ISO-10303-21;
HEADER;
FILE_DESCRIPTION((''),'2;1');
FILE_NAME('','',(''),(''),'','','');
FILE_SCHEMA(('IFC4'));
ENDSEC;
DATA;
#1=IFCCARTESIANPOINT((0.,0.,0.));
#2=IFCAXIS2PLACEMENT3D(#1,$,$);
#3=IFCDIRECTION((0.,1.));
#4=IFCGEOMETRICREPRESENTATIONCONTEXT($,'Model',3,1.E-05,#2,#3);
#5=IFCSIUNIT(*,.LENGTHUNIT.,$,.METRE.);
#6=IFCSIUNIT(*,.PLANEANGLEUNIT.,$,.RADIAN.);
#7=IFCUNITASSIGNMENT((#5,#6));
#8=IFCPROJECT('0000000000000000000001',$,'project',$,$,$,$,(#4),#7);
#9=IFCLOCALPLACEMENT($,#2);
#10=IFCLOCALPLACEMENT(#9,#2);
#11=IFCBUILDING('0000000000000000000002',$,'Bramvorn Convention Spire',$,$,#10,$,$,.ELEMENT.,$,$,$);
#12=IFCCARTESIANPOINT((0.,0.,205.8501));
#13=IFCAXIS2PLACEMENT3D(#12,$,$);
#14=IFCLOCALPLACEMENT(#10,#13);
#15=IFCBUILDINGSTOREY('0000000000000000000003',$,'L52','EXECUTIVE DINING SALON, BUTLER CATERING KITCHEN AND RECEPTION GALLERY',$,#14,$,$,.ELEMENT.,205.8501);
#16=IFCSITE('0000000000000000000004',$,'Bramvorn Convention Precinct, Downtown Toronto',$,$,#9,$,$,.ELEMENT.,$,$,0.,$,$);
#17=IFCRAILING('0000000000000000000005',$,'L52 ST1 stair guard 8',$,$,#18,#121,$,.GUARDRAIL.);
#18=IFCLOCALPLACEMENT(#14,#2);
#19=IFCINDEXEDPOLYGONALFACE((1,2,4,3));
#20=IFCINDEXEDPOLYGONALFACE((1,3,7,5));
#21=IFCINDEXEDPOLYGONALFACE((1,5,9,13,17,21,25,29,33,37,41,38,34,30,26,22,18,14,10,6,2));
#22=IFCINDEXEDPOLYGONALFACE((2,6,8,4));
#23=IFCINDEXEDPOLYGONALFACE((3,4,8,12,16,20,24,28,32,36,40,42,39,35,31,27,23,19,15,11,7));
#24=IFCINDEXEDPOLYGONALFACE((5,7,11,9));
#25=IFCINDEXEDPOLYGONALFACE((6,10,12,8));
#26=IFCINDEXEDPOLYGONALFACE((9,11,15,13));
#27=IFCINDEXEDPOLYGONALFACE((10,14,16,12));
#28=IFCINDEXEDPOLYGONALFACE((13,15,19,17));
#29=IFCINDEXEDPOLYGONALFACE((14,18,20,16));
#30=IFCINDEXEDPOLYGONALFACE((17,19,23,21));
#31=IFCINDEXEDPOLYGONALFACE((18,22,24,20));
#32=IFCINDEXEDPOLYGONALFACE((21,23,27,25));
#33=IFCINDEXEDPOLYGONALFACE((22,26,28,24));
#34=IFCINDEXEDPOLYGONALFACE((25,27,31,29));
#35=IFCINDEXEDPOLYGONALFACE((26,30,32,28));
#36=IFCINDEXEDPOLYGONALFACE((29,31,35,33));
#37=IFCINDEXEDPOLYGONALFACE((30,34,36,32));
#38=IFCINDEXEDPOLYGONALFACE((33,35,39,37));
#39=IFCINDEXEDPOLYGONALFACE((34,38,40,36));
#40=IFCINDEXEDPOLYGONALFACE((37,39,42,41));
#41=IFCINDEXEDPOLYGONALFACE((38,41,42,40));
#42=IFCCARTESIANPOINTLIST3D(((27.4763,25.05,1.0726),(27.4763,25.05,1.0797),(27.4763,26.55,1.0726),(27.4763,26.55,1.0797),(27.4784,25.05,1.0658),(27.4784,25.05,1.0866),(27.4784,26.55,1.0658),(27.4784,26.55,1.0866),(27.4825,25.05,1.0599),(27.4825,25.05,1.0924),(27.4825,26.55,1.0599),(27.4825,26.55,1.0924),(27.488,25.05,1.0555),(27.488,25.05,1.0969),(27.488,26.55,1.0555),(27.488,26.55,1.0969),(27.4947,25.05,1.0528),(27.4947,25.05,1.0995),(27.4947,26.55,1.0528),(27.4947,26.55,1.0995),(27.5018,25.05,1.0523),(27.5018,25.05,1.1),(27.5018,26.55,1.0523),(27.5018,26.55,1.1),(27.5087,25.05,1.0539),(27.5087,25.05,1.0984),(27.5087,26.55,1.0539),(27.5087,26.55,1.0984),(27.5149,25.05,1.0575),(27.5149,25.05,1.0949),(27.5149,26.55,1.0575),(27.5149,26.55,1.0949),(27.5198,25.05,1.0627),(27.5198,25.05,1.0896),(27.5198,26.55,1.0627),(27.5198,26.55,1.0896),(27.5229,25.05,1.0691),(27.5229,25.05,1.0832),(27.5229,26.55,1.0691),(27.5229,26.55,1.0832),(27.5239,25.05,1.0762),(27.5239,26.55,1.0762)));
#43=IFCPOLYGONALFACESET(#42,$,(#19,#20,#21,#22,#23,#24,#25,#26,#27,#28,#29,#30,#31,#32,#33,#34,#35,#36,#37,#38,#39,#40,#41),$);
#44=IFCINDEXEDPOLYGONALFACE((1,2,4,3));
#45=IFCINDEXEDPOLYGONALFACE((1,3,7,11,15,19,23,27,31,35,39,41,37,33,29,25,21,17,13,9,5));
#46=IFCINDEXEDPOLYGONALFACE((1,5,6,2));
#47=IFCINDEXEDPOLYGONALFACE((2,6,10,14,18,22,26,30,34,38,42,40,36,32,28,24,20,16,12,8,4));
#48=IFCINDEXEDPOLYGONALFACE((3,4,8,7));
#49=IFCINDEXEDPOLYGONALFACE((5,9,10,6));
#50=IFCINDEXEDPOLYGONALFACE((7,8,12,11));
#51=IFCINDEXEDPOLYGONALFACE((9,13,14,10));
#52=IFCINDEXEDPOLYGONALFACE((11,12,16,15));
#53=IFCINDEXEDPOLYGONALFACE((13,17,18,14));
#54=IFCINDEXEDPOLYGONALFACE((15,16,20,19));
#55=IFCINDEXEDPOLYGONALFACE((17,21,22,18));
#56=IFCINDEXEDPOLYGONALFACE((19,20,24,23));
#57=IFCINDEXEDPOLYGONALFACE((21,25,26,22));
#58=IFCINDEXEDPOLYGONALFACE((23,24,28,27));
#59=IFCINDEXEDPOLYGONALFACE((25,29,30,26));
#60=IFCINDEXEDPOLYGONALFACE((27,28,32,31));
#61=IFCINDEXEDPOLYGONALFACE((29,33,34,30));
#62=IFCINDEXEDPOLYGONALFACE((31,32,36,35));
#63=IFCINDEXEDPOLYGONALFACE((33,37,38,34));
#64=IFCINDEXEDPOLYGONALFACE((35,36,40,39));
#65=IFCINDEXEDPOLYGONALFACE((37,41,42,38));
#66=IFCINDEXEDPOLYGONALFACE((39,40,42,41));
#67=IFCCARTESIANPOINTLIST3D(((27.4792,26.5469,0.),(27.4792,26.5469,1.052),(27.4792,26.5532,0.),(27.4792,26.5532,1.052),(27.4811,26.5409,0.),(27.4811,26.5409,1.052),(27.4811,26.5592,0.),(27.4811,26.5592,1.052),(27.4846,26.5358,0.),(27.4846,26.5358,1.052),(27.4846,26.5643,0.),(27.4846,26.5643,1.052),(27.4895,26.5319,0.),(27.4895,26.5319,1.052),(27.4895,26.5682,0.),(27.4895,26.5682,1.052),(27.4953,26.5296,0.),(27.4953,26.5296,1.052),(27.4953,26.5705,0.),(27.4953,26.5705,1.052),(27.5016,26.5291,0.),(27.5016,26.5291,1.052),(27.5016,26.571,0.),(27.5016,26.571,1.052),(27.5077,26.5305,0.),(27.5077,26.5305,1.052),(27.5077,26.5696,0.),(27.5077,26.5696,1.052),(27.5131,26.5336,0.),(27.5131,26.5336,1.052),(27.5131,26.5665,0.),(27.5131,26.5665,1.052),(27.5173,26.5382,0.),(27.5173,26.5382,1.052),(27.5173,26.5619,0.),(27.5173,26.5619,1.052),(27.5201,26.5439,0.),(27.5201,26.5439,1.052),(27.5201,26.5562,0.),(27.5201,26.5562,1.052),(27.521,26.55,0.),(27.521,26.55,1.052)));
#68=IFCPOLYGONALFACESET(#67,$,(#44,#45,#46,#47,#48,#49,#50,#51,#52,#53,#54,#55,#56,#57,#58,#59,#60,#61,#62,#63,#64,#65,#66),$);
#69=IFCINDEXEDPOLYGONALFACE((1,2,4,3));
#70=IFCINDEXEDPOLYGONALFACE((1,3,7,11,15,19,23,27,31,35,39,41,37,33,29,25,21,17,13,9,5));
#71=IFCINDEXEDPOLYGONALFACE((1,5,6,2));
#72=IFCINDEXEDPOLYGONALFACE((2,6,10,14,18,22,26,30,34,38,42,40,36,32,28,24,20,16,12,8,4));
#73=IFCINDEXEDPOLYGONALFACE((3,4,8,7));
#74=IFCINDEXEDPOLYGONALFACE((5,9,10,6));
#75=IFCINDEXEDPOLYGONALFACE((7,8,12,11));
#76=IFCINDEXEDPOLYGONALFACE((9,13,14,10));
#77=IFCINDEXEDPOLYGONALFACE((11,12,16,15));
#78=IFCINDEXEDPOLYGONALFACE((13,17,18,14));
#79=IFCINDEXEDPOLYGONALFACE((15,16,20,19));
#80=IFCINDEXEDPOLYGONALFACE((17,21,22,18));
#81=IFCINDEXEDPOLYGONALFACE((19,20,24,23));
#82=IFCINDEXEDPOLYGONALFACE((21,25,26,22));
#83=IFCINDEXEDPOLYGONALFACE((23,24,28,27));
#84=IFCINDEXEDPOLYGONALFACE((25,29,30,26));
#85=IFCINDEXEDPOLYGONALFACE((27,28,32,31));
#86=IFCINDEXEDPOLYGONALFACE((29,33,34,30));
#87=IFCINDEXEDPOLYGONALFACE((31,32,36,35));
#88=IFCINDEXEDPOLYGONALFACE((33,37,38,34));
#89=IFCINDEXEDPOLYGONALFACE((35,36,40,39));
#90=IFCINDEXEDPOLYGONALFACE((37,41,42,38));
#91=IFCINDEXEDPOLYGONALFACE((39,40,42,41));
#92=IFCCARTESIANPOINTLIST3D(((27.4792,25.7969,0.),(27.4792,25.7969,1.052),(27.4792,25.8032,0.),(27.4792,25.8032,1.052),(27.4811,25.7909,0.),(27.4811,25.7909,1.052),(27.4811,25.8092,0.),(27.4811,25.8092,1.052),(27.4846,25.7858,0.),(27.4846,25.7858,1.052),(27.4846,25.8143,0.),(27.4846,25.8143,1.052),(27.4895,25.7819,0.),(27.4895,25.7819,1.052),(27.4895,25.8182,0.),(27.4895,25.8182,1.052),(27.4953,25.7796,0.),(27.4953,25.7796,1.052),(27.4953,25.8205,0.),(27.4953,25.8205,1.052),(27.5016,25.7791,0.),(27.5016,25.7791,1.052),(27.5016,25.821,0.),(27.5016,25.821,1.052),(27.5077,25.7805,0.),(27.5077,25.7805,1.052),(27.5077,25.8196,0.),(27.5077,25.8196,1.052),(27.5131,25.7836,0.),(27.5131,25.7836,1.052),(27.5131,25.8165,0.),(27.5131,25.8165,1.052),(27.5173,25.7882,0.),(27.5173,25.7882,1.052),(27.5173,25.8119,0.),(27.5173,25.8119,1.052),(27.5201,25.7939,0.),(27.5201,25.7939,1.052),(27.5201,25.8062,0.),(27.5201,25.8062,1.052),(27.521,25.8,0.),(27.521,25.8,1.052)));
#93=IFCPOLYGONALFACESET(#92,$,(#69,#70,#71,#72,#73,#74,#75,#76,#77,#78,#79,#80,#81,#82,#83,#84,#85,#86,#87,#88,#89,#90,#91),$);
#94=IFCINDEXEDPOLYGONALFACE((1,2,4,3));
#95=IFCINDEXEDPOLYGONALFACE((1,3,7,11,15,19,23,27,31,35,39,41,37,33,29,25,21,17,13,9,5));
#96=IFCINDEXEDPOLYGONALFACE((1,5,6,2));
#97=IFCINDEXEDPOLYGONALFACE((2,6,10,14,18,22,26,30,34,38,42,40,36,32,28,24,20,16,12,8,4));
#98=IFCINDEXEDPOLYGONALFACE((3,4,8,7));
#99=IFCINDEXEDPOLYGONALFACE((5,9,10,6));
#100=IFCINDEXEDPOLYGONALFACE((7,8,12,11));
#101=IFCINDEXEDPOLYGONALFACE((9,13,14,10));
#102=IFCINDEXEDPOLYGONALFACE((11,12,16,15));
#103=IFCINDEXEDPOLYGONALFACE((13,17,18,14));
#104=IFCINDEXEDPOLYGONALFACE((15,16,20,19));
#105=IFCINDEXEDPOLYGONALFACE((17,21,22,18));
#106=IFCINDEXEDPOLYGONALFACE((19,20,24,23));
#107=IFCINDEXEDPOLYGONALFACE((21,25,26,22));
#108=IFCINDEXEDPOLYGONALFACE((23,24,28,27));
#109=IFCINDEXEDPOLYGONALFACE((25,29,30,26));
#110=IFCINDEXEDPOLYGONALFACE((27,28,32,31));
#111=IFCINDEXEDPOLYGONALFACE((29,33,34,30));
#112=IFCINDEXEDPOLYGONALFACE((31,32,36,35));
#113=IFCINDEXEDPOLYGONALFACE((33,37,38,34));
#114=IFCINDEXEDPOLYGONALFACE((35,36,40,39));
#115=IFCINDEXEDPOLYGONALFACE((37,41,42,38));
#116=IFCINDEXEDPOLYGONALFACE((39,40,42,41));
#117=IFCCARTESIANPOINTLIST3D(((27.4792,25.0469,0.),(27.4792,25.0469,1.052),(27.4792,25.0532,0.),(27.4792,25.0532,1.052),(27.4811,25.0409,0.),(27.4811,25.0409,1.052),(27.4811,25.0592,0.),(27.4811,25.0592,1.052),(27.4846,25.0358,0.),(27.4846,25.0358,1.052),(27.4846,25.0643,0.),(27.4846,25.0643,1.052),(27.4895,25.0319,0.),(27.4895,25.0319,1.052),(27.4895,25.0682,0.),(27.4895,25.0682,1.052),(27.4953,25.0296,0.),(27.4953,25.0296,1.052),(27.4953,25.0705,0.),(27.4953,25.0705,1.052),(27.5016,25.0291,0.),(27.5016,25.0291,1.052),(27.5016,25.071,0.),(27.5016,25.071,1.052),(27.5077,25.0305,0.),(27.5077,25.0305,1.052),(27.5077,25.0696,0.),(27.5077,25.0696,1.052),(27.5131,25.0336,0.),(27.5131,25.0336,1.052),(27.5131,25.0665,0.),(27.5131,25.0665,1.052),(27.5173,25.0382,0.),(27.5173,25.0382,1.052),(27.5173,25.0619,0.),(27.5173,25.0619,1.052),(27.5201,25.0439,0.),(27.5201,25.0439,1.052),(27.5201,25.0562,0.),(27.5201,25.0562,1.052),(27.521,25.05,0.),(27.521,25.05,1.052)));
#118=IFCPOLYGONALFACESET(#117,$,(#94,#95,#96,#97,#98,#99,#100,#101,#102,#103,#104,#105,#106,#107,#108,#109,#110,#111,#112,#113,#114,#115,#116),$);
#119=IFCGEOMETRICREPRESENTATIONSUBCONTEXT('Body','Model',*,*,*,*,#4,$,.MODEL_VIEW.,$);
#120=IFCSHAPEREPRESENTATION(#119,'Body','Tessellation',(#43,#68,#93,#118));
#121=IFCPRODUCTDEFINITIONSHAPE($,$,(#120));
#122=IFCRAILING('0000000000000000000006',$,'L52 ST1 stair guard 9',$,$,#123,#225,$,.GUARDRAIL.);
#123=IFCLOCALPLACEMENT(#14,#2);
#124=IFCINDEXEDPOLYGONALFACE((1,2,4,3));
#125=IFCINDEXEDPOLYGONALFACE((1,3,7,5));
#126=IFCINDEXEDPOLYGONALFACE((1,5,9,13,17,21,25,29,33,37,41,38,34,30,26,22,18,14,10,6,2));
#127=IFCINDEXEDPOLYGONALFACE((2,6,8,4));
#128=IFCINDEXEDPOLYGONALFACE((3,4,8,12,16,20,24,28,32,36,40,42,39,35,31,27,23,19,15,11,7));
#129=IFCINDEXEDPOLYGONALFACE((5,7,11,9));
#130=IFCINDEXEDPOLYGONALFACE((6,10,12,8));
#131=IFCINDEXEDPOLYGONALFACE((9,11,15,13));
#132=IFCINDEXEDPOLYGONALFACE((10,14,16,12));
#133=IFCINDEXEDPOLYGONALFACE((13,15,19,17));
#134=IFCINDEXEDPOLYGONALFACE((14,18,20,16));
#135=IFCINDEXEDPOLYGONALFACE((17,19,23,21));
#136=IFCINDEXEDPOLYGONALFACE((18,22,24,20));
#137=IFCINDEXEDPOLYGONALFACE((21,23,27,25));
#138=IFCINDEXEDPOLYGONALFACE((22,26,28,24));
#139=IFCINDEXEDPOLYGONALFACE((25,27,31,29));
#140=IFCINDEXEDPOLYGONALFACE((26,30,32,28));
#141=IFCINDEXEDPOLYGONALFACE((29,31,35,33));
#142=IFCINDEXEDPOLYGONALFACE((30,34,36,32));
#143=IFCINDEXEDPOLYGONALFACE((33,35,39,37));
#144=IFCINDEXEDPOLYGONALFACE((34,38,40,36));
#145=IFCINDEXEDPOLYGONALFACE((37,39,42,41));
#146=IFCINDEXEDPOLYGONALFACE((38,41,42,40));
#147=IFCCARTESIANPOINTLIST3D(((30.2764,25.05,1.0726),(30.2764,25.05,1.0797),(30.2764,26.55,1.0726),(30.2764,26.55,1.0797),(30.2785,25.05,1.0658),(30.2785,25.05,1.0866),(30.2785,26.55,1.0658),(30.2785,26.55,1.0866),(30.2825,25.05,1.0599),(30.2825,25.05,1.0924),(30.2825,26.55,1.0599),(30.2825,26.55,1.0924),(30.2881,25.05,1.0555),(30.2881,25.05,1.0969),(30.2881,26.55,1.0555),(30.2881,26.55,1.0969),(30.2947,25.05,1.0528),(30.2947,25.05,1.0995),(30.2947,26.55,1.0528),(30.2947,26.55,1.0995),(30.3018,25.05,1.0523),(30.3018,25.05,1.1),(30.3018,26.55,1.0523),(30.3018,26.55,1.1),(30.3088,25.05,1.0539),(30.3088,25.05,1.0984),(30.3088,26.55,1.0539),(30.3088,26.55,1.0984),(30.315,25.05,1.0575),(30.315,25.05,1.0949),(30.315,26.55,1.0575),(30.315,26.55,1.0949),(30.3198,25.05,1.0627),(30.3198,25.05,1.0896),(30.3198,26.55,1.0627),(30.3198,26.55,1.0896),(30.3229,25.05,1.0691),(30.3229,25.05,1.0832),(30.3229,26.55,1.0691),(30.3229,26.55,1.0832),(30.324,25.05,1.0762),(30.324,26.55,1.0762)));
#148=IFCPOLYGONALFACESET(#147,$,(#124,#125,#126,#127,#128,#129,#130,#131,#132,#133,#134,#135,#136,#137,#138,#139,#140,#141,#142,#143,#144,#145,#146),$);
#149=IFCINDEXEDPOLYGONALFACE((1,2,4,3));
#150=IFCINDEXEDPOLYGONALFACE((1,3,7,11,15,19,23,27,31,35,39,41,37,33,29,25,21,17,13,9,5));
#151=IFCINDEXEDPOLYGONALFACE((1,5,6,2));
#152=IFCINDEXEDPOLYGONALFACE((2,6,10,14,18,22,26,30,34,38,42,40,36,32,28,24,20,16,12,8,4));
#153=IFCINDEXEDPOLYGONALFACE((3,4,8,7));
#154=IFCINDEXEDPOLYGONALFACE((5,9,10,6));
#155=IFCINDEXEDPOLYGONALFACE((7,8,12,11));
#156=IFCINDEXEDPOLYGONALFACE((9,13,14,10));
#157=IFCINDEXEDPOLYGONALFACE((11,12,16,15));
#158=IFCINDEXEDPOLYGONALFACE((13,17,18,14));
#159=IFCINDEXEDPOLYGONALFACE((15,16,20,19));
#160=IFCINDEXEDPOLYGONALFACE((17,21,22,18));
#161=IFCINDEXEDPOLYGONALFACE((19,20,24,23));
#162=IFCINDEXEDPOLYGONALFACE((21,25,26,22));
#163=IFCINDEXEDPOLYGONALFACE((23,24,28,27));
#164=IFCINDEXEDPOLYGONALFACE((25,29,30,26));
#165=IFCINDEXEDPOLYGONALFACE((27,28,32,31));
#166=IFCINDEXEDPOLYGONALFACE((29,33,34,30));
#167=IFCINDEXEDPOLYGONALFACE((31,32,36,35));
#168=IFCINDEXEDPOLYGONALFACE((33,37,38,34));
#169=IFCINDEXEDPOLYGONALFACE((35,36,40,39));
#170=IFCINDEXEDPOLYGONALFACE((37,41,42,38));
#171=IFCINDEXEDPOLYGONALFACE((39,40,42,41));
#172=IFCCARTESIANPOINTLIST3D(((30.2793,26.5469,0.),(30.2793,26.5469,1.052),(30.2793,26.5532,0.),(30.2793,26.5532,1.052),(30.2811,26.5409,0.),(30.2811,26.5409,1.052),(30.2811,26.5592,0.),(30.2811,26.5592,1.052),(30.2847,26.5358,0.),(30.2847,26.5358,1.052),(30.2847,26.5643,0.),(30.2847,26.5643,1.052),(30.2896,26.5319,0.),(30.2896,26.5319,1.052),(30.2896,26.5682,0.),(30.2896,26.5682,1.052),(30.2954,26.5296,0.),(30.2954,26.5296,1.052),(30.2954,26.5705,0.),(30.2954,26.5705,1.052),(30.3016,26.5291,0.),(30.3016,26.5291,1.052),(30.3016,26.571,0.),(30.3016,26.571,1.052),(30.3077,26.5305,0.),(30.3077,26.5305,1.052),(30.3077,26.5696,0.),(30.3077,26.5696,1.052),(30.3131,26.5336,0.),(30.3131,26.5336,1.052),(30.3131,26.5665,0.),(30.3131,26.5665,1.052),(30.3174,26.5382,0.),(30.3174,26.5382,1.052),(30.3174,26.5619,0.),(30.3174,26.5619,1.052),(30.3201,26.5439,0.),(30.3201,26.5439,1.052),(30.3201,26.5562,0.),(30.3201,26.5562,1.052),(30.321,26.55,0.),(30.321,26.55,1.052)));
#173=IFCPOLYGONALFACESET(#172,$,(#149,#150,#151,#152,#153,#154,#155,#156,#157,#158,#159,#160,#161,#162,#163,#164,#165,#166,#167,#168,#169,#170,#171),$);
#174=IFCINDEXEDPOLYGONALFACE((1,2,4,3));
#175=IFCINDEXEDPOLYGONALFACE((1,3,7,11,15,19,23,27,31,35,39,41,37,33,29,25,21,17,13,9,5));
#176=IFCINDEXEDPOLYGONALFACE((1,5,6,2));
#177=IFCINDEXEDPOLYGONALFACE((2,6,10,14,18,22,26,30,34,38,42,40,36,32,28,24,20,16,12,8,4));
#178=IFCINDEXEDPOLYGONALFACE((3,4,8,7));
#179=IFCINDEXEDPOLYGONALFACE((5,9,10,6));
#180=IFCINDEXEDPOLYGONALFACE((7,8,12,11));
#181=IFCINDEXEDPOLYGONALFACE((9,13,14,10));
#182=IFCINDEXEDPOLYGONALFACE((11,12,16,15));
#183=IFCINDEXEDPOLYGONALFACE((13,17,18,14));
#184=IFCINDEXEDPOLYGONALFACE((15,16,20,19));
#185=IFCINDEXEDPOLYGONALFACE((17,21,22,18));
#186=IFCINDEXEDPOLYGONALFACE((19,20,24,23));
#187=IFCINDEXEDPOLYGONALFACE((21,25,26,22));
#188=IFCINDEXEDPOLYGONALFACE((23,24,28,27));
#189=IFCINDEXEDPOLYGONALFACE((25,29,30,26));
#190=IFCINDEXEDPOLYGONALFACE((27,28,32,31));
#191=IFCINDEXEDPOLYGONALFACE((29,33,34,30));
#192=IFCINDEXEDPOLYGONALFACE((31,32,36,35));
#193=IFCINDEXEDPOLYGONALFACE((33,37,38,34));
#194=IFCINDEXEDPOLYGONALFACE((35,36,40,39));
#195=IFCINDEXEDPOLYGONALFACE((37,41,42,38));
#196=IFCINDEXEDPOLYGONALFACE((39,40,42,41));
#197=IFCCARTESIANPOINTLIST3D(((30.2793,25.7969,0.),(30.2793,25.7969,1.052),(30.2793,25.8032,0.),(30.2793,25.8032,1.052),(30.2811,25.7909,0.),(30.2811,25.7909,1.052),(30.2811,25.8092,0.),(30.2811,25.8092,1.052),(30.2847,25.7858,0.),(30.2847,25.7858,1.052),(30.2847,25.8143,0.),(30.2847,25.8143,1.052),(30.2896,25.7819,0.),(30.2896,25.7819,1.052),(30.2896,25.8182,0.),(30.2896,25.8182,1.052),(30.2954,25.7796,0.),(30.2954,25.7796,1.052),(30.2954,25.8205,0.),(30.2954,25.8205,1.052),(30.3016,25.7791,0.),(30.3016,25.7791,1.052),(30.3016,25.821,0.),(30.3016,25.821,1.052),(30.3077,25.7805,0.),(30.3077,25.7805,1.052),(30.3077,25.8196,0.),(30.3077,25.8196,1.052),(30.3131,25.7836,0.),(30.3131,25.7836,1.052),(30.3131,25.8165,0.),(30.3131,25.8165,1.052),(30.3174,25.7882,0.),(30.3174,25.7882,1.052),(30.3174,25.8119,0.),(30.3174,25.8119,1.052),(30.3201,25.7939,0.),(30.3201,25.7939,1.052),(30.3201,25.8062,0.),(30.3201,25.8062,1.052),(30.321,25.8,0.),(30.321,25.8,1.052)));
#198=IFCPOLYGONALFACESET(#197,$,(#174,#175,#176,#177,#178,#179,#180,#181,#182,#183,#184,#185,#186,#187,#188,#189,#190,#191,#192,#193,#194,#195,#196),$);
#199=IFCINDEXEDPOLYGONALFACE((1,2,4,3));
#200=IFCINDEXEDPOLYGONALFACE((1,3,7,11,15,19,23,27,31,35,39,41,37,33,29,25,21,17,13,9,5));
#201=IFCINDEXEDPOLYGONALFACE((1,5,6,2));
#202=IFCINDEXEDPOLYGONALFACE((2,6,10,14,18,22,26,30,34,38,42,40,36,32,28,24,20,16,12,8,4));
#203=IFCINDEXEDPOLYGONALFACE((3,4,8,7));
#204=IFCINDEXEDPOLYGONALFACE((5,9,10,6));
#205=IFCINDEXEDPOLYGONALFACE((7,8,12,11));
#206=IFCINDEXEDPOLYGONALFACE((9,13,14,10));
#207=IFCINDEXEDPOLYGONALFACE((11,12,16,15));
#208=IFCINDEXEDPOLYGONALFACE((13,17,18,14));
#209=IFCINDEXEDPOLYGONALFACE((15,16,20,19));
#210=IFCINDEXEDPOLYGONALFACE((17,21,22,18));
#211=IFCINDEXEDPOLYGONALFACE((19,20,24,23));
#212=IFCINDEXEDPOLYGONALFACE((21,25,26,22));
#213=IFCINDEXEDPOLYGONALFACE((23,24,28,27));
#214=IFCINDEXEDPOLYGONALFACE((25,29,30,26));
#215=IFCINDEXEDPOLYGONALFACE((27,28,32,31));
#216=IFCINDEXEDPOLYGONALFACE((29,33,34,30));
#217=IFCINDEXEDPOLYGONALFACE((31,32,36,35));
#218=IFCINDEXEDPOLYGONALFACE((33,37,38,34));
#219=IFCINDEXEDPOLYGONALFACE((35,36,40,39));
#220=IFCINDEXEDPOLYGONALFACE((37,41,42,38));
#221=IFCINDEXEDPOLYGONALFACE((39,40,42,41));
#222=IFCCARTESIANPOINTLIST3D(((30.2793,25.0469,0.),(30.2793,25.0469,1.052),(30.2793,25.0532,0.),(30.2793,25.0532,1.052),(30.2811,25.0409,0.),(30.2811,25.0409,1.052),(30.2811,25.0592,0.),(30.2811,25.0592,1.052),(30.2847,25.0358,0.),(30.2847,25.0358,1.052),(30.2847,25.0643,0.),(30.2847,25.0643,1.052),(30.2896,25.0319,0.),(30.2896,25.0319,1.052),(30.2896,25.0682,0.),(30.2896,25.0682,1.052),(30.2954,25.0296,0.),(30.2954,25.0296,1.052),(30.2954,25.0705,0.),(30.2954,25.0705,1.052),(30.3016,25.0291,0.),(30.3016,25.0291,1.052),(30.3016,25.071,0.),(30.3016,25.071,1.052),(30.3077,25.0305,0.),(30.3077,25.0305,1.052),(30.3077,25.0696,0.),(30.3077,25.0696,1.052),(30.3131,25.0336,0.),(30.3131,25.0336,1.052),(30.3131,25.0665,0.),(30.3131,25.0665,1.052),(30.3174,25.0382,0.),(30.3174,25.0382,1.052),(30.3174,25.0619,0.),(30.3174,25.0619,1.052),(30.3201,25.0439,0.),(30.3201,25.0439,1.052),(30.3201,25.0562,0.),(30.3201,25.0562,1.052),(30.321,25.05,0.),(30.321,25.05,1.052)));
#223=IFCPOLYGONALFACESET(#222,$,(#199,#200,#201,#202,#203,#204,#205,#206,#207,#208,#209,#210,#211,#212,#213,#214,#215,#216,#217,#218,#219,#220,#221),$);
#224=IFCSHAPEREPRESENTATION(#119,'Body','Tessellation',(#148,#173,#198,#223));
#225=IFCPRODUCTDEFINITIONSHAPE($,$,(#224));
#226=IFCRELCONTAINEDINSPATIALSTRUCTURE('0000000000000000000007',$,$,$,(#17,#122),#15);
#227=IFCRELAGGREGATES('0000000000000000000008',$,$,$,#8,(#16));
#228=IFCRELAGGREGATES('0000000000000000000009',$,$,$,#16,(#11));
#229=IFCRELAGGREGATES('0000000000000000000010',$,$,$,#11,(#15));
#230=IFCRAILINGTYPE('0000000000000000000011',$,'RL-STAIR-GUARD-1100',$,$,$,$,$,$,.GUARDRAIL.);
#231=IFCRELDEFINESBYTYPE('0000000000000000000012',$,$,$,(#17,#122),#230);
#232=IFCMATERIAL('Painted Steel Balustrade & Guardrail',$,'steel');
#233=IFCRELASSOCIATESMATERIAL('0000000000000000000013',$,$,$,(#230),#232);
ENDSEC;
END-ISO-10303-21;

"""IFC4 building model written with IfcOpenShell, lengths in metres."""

from ifc_helpers import new_model, si_unit, direction, frame, origin, origin_2d, place, context, subcontext, project, spatial, circle, extrude, material, type_object, element, save


model = new_model("IFC4")

# Units and contexts
model_context = context("Model", 3, precision=1e-05, world=origin(), true_north=direction((0.0, 1.0)))
body_context = subcontext(model_context, "Body", "Model", "MODEL_VIEW")
ifc_project = project(units=[si_unit("LENGTHUNIT", "METRE"), si_unit("PLANEANGLEUNIT", "RADIAN")], contexts=[model_context])

# Site, building, storey
site_placement = place(None, origin())
site = spatial("IfcSite", under=ifc_project, at=site_placement, Name="Bramvorn Convention Precinct, Downtown Toronto", CompositionType="ELEMENT", RefElevation=0.0)
building_placement = place(site_placement, origin())
building = spatial("IfcBuilding", under=site, at=building_placement, Name="Bramvorn Convention Spire", CompositionType="ELEMENT")
storey_placement = place(building_placement, frame((0.0, 0.0, 205.8501)))
storey = spatial("IfcBuildingStorey", under=building, at=storey_placement, Name="L52", Description="EXECUTIVE DINING SALON, BUTLER CATERING KITCHEN AND RECEPTION GALLERY", CompositionType="ELEMENT", Elevation=205.8501)

# Railings
ifc_material_1 = material(Name="Painted Steel Balustrade & Guardrail", Category="steel")
railing_type = type_object("IfcRailingType", Name="RL-STAIR-GUARD-1100", PredefinedType="GUARDRAIL", material=ifc_material_1)
for number, where, name in (
    (1, (27.5, 26.55, 0.0), "L52 ST1 stair guard 8"),
    (2, (30.3, 26.55, 0.0), "L52 ST1 stair guard 9"),
):
    element("IfcRailing", number, at=place(storey_placement, frame(where)), inside=storey, type_object=railing_type, Name=name, PredefinedType="GUARDRAIL", context=body_context, shape_type="SweptSolid", body=[
        extrude(circle(Radius=0.0239, at=origin_2d()), frame((0.0, 0.0, 1.0762), z_axis=(0.0, -1.0, 0.0), x_axis=(1.0, 0.0, 0.0)), (0.0, 0.0, 1.0), 1.5),
        extrude(circle(Radius=0.021, at=origin_2d()), origin(), (0.0, 0.0, 1.0), 1.052),
        extrude(circle(Radius=0.021, at=origin_2d()), frame((0.0, -0.75, 0.0)), (0.0, 0.0, 1.0), 1.052),
        extrude(circle(Radius=0.021, at=origin_2d()), frame((0.0, -1.5, 0.0)), (0.0, 0.0, 1.0), 1.052),
    ])

save(model, "model.ifc")
